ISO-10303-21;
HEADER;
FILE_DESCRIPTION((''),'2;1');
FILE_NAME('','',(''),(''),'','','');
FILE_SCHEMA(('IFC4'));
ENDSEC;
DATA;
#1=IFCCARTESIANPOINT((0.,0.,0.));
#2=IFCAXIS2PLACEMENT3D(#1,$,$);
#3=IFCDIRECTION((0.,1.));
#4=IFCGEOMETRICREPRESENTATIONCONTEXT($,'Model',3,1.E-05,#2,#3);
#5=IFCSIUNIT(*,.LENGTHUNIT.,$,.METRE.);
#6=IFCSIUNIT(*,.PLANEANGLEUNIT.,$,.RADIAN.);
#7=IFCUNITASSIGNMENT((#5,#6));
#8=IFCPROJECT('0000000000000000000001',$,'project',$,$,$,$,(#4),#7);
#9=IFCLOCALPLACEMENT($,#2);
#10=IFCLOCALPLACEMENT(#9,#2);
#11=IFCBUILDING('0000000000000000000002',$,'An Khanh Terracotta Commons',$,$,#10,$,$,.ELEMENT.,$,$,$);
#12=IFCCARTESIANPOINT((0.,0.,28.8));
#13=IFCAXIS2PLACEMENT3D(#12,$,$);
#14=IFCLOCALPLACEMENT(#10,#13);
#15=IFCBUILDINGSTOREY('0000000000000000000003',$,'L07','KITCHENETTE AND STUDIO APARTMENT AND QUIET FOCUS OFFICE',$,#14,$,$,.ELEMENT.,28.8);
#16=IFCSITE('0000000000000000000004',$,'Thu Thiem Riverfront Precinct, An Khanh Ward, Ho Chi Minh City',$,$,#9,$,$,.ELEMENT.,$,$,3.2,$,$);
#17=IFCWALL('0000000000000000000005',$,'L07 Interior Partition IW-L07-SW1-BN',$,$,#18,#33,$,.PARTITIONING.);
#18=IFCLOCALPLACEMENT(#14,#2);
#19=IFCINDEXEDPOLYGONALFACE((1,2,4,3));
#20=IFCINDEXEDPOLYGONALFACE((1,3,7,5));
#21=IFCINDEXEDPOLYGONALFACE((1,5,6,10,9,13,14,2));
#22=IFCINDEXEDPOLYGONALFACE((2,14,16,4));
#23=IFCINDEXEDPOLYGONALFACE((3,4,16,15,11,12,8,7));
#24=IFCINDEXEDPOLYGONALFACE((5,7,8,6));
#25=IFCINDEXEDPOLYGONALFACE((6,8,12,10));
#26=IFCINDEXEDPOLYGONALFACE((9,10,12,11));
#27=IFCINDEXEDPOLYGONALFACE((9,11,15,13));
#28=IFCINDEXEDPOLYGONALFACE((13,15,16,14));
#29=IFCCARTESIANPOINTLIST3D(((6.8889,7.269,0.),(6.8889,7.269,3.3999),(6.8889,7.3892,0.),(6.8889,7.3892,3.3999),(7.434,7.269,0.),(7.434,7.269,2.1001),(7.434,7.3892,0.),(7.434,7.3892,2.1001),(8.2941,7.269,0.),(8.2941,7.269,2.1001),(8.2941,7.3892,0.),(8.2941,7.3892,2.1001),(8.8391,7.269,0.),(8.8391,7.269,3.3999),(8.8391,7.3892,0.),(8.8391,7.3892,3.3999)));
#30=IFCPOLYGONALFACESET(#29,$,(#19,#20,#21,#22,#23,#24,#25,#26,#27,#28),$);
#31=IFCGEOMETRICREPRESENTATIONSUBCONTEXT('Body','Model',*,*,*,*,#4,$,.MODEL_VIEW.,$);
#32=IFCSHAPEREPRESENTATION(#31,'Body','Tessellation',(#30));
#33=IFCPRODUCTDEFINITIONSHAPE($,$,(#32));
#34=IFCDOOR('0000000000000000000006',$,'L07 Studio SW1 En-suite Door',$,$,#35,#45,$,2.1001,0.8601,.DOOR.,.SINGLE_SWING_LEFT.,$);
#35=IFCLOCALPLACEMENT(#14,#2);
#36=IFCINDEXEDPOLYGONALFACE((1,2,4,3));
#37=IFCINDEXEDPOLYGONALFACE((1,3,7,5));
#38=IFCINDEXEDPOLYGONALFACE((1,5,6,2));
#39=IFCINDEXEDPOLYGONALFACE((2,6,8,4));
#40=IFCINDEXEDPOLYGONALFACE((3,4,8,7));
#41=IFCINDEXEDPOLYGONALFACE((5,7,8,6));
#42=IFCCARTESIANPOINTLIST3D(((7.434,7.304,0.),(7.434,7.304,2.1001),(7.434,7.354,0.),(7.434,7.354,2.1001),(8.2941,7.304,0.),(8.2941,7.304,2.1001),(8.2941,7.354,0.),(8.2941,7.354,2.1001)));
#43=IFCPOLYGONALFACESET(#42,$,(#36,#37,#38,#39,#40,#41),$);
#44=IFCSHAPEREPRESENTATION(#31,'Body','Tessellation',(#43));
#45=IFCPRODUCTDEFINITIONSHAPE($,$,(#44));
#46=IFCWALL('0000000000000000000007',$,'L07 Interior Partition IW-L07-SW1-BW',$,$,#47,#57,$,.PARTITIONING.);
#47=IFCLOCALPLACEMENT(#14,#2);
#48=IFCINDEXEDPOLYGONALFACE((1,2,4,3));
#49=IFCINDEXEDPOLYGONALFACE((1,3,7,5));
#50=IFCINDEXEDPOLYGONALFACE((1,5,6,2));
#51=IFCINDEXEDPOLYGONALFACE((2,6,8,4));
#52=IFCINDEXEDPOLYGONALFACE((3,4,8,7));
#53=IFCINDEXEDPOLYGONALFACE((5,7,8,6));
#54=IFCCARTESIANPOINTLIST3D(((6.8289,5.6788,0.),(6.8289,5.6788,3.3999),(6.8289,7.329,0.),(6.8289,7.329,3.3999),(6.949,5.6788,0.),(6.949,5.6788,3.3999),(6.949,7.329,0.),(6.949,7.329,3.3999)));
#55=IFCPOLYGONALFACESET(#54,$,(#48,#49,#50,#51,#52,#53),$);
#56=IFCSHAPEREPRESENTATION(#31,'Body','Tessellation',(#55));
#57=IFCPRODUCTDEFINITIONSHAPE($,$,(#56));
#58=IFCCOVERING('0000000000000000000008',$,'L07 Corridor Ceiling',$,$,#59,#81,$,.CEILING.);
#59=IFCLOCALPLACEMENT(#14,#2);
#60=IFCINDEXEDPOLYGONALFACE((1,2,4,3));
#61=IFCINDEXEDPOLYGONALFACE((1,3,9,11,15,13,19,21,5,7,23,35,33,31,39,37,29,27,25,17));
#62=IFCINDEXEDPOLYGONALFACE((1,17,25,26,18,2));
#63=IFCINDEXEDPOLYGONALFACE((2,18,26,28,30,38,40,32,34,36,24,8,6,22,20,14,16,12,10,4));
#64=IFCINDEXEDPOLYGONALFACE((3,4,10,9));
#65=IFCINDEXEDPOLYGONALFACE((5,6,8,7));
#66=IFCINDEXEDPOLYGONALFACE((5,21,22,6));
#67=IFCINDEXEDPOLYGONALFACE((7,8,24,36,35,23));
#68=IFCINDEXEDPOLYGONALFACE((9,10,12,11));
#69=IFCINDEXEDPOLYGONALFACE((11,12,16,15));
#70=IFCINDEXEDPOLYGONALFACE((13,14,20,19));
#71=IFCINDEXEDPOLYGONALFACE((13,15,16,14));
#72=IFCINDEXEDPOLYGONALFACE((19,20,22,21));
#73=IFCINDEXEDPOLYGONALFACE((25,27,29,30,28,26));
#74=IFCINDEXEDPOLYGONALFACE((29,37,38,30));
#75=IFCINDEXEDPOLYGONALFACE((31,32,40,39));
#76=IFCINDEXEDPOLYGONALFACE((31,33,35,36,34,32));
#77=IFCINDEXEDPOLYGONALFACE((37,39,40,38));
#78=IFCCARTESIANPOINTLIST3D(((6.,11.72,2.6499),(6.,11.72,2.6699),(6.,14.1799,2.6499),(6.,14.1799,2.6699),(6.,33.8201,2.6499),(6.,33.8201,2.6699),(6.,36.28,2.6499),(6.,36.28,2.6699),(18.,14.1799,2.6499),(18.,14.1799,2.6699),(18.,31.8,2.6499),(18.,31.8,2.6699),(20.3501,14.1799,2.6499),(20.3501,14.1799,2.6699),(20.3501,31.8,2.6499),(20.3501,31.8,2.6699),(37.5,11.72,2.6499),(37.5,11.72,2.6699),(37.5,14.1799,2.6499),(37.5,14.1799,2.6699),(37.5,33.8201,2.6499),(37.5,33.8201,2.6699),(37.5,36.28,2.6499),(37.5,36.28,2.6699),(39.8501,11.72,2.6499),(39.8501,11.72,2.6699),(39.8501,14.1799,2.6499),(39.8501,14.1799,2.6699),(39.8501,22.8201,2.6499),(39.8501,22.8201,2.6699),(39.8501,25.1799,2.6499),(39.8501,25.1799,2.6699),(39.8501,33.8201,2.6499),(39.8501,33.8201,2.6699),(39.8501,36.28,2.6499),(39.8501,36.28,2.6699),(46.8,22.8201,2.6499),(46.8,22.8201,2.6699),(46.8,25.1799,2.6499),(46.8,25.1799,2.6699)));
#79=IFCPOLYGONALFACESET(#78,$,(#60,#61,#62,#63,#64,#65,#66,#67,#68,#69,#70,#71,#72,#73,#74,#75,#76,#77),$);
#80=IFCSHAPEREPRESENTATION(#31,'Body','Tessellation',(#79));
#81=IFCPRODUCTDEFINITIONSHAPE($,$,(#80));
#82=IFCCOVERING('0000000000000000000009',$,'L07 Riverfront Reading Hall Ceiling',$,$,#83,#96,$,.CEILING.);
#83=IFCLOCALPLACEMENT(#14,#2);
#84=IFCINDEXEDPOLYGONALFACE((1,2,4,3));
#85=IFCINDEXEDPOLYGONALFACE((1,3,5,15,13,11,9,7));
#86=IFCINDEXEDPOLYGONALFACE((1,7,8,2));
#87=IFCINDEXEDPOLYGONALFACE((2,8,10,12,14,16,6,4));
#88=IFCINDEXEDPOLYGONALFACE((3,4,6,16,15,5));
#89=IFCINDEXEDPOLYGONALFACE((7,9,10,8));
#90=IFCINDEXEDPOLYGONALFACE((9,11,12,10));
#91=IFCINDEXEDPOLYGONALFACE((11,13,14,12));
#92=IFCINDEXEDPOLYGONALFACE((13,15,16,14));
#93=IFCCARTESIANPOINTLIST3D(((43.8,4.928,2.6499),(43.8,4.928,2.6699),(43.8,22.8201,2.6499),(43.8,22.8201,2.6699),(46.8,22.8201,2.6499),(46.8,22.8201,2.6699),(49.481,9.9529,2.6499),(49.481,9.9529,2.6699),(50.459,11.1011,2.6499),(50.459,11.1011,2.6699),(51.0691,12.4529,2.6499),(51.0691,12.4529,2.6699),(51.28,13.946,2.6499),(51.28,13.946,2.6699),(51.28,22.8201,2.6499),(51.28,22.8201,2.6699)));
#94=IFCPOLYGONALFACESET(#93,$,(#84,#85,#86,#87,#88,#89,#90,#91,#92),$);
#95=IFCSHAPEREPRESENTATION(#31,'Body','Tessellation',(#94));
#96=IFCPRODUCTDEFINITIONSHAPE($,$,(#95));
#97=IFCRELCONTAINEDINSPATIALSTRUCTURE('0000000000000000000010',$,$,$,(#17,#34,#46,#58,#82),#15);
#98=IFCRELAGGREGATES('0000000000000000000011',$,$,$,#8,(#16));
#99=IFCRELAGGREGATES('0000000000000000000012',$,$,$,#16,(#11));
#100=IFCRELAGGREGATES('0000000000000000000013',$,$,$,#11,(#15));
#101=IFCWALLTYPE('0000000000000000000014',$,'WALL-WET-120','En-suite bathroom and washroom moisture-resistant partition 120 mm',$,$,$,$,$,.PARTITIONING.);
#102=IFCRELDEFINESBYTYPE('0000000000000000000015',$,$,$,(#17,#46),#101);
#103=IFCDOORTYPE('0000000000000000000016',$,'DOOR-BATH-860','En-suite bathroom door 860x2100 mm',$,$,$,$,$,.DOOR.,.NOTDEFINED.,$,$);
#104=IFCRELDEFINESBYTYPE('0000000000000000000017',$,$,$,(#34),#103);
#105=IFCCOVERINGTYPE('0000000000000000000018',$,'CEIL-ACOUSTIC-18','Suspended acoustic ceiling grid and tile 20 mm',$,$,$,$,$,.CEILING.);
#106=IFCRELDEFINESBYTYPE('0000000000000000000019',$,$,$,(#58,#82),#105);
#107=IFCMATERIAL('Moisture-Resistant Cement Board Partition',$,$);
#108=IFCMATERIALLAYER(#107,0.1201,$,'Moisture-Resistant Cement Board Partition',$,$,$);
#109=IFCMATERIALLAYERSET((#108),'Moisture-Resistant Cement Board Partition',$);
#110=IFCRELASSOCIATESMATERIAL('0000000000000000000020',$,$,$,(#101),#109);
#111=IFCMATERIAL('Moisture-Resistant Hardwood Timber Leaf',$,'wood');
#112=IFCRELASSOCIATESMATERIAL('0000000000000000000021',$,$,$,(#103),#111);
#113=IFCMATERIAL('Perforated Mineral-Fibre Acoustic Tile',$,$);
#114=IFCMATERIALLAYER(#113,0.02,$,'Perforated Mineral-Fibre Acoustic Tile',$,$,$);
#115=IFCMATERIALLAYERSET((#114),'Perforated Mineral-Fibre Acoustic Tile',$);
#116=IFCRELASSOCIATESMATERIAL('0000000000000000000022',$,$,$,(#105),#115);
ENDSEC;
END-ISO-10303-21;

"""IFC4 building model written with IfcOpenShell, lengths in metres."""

from ifc_helpers import new_model, si_unit, direction, frame, frame_2d, origin, place, context, subcontext, project, spatial, polyline, rectangle, outline, extrude, material, layer, layer_set, type_object, element, fill, save


model = new_model("IFC4")

# Units and contexts
model_context = context("Model", 3, precision=1e-05, world=origin(), true_north=direction((0.0, 1.0)))
body_context = subcontext(model_context, "Body", "Model", "MODEL_VIEW")
ifc_project = project(units=[si_unit("LENGTHUNIT", "METRE"), si_unit("PLANEANGLEUNIT", "RADIAN")], contexts=[model_context])

# Site, building, storey
site_placement = place(None, origin())
site = spatial("IfcSite", under=ifc_project, at=site_placement, Name="Thu Thiem Riverfront Precinct, An Khanh Ward, Ho Chi Minh City", CompositionType="ELEMENT", RefElevation=3.2)
building_placement = place(site_placement, origin())
building = spatial("IfcBuilding", under=site, at=building_placement, Name="An Khanh Terracotta Commons", CompositionType="ELEMENT")
storey_placement = place(building_placement, frame((0.0, 0.0, 28.8)))
storey = spatial("IfcBuildingStorey", under=building, at=storey_placement, Name="L07", Description="KITCHENETTE AND STUDIO APARTMENT AND QUIET FOCUS OFFICE", CompositionType="ELEMENT", Elevation=28.8)

# Wall, opening, door
ifc_material_1 = material(Name="Moisture-Resistant Cement Board Partition")
ifc_layer_1 = layer(ifc_material_1, 0.1201, Name="Moisture-Resistant Cement Board Partition")
ifc_layer_set_1 = layer_set([ifc_layer_1], Name="Moisture-Resistant Cement Board Partition")
wall_type_1 = type_object("IfcWallType", Name="WALL-WET-120", Description="En-suite bathroom and washroom moisture-resistant partition 120 mm", PredefinedType="PARTITIONING", material=ifc_layer_set_1)
wall_1_placement = place(storey_placement, frame((6.8889, 7.3291, 0.0), z_axis=(0.0, 0.0, 1.0), x_axis=(1.0, 0.0, 0.0)))
wall_1 = element("IfcWall", 1, at=wall_1_placement, inside=storey, type_object=wall_type_1, Name="L07 Interior Partition IW-L07-SW1-BN", PredefinedType="PARTITIONING", context=body_context, shape_type="SweptSolid", body=[
    extrude(rectangle(XDim=1.9502, YDim=0.1201, at=frame_2d((0.9751, 0.0))), origin(), (0.0, 0.0, 1.0), 3.3999),
])
opening_1_placement = place(wall_1_placement, frame((0.5449, 0.0, 0.0)))
opening_1 = element("IfcOpeningElement", 2, at=opening_1_placement, cuts=wall_1, PredefinedType="OPENING", context=body_context, shape_type="SweptSolid", body=[
    extrude(rectangle(XDim=0.8601, YDim=2.1001, at=frame_2d((0.4302, 1.05))), frame((0.0, 0.0701, 0.0), z_axis=(0.0, -1.0, 0.0), x_axis=(1.0, 0.0, 0.0)), (0.0, 0.0, 1.0), 0.1401),
])
ifc_material_2 = material(Name="Moisture-Resistant Hardwood Timber Leaf", Category="wood")
door_type_1 = type_object("IfcDoorType", Name="DOOR-BATH-860", Description="En-suite bathroom door 860x2100 mm", OperationType="NOTDEFINED", PredefinedType="DOOR", material=ifc_material_2)
door_1_placement = place(opening_1_placement, origin())
door_1 = element("IfcDoor", 3, at=door_1_placement, inside=storey, type_object=door_type_1, Name="L07 Studio SW1 En-suite Door", OperationType="SINGLE_SWING_LEFT", OverallHeight=2.1001, OverallWidth=0.8601, PredefinedType="DOOR", context=body_context, shape_type="SweptSolid", body=[
    extrude(rectangle(XDim=0.8601, YDim=2.1001, at=frame_2d((0.4302, 1.05))), frame((0.0, 0.0249, 0.0), z_axis=(0.0, -1.0, 0.0), x_axis=(1.0, 0.0, 0.0)), (0.0, 0.0, 1.0), 0.05),
])
fill(opening_1, door_1)

# Wall
wall_2_placement = place(storey_placement, frame((6.8889, 7.3291, 0.0), z_axis=(0.0, 0.0, 1.0), x_axis=(0.0, -1.0, 0.0)))
element("IfcWall", 4, at=wall_2_placement, inside=storey, type_object=wall_type_1, Name="L07 Interior Partition IW-L07-SW1-BW", PredefinedType="PARTITIONING", context=body_context, shape_type="SweptSolid", body=[
    extrude(rectangle(XDim=1.6501, YDim=0.1201, at=frame_2d((0.8252, 0.0))), origin(), (0.0, 0.0, 1.0), 3.3999),
])

# Coverings
ifc_material_3 = material(Name="Perforated Mineral-Fibre Acoustic Tile")
ifc_layer_2 = layer(ifc_material_3, 0.02, Name="Perforated Mineral-Fibre Acoustic Tile")
ifc_layer_set_2 = layer_set([ifc_layer_2], Name="Perforated Mineral-Fibre Acoustic Tile")
covering_type = type_object("IfcCoveringType", Name="CEIL-ACOUSTIC-18", Description="Suspended acoustic ceiling grid and tile 20 mm", PredefinedType="CEILING", material=ifc_layer_set_2)
covering_1_placement = place(storey_placement, frame((0.0, 0.0, 2.6499)))
element("IfcCovering", 5, at=covering_1_placement, inside=storey, type_object=covering_type, Name="L07 Corridor Ceiling", PredefinedType="CEILING", context=body_context, shape_type="SweptSolid", body=[
    extrude(outline(polyline([(37.5, 11.72), (6.0, 11.72), (6.0, 14.1799), (18.0, 14.1799), (18.0, 31.8), (20.3501, 31.8), (20.3501, 14.1799), (37.5, 14.1799), (37.5, 33.8201), (6.0, 33.8201), (6.0, 36.28), (37.5, 36.28), (39.8501, 36.28), (39.8501, 33.8201), (39.8501, 25.1799), (46.8, 25.1799), (46.8, 22.8201), (39.8501, 22.8201), (39.8501, 14.1799), (39.8501, 11.72), (37.5, 11.72)])), origin(), (0.0, 0.0, 1.0), 0.02),
])
covering_2_placement = place(storey_placement, frame((0.0, 0.0, 2.6499)))
element("IfcCovering", 6, at=covering_2_placement, inside=storey, type_object=covering_type, Name="L07 Riverfront Reading Hall Ceiling", PredefinedType="CEILING", context=body_context, shape_type="SweptSolid", body=[
    extrude(outline(polyline([(51.28, 13.946), (51.0691, 12.4529), (50.459, 11.1011), (49.481, 9.9529), (43.8, 4.928), (43.8, 22.8201), (46.8, 22.8201), (51.28, 22.8201), (51.28, 13.946)])), origin(), (0.0, 0.0, 1.0), 0.02),
])

save(model, "model.ifc")
